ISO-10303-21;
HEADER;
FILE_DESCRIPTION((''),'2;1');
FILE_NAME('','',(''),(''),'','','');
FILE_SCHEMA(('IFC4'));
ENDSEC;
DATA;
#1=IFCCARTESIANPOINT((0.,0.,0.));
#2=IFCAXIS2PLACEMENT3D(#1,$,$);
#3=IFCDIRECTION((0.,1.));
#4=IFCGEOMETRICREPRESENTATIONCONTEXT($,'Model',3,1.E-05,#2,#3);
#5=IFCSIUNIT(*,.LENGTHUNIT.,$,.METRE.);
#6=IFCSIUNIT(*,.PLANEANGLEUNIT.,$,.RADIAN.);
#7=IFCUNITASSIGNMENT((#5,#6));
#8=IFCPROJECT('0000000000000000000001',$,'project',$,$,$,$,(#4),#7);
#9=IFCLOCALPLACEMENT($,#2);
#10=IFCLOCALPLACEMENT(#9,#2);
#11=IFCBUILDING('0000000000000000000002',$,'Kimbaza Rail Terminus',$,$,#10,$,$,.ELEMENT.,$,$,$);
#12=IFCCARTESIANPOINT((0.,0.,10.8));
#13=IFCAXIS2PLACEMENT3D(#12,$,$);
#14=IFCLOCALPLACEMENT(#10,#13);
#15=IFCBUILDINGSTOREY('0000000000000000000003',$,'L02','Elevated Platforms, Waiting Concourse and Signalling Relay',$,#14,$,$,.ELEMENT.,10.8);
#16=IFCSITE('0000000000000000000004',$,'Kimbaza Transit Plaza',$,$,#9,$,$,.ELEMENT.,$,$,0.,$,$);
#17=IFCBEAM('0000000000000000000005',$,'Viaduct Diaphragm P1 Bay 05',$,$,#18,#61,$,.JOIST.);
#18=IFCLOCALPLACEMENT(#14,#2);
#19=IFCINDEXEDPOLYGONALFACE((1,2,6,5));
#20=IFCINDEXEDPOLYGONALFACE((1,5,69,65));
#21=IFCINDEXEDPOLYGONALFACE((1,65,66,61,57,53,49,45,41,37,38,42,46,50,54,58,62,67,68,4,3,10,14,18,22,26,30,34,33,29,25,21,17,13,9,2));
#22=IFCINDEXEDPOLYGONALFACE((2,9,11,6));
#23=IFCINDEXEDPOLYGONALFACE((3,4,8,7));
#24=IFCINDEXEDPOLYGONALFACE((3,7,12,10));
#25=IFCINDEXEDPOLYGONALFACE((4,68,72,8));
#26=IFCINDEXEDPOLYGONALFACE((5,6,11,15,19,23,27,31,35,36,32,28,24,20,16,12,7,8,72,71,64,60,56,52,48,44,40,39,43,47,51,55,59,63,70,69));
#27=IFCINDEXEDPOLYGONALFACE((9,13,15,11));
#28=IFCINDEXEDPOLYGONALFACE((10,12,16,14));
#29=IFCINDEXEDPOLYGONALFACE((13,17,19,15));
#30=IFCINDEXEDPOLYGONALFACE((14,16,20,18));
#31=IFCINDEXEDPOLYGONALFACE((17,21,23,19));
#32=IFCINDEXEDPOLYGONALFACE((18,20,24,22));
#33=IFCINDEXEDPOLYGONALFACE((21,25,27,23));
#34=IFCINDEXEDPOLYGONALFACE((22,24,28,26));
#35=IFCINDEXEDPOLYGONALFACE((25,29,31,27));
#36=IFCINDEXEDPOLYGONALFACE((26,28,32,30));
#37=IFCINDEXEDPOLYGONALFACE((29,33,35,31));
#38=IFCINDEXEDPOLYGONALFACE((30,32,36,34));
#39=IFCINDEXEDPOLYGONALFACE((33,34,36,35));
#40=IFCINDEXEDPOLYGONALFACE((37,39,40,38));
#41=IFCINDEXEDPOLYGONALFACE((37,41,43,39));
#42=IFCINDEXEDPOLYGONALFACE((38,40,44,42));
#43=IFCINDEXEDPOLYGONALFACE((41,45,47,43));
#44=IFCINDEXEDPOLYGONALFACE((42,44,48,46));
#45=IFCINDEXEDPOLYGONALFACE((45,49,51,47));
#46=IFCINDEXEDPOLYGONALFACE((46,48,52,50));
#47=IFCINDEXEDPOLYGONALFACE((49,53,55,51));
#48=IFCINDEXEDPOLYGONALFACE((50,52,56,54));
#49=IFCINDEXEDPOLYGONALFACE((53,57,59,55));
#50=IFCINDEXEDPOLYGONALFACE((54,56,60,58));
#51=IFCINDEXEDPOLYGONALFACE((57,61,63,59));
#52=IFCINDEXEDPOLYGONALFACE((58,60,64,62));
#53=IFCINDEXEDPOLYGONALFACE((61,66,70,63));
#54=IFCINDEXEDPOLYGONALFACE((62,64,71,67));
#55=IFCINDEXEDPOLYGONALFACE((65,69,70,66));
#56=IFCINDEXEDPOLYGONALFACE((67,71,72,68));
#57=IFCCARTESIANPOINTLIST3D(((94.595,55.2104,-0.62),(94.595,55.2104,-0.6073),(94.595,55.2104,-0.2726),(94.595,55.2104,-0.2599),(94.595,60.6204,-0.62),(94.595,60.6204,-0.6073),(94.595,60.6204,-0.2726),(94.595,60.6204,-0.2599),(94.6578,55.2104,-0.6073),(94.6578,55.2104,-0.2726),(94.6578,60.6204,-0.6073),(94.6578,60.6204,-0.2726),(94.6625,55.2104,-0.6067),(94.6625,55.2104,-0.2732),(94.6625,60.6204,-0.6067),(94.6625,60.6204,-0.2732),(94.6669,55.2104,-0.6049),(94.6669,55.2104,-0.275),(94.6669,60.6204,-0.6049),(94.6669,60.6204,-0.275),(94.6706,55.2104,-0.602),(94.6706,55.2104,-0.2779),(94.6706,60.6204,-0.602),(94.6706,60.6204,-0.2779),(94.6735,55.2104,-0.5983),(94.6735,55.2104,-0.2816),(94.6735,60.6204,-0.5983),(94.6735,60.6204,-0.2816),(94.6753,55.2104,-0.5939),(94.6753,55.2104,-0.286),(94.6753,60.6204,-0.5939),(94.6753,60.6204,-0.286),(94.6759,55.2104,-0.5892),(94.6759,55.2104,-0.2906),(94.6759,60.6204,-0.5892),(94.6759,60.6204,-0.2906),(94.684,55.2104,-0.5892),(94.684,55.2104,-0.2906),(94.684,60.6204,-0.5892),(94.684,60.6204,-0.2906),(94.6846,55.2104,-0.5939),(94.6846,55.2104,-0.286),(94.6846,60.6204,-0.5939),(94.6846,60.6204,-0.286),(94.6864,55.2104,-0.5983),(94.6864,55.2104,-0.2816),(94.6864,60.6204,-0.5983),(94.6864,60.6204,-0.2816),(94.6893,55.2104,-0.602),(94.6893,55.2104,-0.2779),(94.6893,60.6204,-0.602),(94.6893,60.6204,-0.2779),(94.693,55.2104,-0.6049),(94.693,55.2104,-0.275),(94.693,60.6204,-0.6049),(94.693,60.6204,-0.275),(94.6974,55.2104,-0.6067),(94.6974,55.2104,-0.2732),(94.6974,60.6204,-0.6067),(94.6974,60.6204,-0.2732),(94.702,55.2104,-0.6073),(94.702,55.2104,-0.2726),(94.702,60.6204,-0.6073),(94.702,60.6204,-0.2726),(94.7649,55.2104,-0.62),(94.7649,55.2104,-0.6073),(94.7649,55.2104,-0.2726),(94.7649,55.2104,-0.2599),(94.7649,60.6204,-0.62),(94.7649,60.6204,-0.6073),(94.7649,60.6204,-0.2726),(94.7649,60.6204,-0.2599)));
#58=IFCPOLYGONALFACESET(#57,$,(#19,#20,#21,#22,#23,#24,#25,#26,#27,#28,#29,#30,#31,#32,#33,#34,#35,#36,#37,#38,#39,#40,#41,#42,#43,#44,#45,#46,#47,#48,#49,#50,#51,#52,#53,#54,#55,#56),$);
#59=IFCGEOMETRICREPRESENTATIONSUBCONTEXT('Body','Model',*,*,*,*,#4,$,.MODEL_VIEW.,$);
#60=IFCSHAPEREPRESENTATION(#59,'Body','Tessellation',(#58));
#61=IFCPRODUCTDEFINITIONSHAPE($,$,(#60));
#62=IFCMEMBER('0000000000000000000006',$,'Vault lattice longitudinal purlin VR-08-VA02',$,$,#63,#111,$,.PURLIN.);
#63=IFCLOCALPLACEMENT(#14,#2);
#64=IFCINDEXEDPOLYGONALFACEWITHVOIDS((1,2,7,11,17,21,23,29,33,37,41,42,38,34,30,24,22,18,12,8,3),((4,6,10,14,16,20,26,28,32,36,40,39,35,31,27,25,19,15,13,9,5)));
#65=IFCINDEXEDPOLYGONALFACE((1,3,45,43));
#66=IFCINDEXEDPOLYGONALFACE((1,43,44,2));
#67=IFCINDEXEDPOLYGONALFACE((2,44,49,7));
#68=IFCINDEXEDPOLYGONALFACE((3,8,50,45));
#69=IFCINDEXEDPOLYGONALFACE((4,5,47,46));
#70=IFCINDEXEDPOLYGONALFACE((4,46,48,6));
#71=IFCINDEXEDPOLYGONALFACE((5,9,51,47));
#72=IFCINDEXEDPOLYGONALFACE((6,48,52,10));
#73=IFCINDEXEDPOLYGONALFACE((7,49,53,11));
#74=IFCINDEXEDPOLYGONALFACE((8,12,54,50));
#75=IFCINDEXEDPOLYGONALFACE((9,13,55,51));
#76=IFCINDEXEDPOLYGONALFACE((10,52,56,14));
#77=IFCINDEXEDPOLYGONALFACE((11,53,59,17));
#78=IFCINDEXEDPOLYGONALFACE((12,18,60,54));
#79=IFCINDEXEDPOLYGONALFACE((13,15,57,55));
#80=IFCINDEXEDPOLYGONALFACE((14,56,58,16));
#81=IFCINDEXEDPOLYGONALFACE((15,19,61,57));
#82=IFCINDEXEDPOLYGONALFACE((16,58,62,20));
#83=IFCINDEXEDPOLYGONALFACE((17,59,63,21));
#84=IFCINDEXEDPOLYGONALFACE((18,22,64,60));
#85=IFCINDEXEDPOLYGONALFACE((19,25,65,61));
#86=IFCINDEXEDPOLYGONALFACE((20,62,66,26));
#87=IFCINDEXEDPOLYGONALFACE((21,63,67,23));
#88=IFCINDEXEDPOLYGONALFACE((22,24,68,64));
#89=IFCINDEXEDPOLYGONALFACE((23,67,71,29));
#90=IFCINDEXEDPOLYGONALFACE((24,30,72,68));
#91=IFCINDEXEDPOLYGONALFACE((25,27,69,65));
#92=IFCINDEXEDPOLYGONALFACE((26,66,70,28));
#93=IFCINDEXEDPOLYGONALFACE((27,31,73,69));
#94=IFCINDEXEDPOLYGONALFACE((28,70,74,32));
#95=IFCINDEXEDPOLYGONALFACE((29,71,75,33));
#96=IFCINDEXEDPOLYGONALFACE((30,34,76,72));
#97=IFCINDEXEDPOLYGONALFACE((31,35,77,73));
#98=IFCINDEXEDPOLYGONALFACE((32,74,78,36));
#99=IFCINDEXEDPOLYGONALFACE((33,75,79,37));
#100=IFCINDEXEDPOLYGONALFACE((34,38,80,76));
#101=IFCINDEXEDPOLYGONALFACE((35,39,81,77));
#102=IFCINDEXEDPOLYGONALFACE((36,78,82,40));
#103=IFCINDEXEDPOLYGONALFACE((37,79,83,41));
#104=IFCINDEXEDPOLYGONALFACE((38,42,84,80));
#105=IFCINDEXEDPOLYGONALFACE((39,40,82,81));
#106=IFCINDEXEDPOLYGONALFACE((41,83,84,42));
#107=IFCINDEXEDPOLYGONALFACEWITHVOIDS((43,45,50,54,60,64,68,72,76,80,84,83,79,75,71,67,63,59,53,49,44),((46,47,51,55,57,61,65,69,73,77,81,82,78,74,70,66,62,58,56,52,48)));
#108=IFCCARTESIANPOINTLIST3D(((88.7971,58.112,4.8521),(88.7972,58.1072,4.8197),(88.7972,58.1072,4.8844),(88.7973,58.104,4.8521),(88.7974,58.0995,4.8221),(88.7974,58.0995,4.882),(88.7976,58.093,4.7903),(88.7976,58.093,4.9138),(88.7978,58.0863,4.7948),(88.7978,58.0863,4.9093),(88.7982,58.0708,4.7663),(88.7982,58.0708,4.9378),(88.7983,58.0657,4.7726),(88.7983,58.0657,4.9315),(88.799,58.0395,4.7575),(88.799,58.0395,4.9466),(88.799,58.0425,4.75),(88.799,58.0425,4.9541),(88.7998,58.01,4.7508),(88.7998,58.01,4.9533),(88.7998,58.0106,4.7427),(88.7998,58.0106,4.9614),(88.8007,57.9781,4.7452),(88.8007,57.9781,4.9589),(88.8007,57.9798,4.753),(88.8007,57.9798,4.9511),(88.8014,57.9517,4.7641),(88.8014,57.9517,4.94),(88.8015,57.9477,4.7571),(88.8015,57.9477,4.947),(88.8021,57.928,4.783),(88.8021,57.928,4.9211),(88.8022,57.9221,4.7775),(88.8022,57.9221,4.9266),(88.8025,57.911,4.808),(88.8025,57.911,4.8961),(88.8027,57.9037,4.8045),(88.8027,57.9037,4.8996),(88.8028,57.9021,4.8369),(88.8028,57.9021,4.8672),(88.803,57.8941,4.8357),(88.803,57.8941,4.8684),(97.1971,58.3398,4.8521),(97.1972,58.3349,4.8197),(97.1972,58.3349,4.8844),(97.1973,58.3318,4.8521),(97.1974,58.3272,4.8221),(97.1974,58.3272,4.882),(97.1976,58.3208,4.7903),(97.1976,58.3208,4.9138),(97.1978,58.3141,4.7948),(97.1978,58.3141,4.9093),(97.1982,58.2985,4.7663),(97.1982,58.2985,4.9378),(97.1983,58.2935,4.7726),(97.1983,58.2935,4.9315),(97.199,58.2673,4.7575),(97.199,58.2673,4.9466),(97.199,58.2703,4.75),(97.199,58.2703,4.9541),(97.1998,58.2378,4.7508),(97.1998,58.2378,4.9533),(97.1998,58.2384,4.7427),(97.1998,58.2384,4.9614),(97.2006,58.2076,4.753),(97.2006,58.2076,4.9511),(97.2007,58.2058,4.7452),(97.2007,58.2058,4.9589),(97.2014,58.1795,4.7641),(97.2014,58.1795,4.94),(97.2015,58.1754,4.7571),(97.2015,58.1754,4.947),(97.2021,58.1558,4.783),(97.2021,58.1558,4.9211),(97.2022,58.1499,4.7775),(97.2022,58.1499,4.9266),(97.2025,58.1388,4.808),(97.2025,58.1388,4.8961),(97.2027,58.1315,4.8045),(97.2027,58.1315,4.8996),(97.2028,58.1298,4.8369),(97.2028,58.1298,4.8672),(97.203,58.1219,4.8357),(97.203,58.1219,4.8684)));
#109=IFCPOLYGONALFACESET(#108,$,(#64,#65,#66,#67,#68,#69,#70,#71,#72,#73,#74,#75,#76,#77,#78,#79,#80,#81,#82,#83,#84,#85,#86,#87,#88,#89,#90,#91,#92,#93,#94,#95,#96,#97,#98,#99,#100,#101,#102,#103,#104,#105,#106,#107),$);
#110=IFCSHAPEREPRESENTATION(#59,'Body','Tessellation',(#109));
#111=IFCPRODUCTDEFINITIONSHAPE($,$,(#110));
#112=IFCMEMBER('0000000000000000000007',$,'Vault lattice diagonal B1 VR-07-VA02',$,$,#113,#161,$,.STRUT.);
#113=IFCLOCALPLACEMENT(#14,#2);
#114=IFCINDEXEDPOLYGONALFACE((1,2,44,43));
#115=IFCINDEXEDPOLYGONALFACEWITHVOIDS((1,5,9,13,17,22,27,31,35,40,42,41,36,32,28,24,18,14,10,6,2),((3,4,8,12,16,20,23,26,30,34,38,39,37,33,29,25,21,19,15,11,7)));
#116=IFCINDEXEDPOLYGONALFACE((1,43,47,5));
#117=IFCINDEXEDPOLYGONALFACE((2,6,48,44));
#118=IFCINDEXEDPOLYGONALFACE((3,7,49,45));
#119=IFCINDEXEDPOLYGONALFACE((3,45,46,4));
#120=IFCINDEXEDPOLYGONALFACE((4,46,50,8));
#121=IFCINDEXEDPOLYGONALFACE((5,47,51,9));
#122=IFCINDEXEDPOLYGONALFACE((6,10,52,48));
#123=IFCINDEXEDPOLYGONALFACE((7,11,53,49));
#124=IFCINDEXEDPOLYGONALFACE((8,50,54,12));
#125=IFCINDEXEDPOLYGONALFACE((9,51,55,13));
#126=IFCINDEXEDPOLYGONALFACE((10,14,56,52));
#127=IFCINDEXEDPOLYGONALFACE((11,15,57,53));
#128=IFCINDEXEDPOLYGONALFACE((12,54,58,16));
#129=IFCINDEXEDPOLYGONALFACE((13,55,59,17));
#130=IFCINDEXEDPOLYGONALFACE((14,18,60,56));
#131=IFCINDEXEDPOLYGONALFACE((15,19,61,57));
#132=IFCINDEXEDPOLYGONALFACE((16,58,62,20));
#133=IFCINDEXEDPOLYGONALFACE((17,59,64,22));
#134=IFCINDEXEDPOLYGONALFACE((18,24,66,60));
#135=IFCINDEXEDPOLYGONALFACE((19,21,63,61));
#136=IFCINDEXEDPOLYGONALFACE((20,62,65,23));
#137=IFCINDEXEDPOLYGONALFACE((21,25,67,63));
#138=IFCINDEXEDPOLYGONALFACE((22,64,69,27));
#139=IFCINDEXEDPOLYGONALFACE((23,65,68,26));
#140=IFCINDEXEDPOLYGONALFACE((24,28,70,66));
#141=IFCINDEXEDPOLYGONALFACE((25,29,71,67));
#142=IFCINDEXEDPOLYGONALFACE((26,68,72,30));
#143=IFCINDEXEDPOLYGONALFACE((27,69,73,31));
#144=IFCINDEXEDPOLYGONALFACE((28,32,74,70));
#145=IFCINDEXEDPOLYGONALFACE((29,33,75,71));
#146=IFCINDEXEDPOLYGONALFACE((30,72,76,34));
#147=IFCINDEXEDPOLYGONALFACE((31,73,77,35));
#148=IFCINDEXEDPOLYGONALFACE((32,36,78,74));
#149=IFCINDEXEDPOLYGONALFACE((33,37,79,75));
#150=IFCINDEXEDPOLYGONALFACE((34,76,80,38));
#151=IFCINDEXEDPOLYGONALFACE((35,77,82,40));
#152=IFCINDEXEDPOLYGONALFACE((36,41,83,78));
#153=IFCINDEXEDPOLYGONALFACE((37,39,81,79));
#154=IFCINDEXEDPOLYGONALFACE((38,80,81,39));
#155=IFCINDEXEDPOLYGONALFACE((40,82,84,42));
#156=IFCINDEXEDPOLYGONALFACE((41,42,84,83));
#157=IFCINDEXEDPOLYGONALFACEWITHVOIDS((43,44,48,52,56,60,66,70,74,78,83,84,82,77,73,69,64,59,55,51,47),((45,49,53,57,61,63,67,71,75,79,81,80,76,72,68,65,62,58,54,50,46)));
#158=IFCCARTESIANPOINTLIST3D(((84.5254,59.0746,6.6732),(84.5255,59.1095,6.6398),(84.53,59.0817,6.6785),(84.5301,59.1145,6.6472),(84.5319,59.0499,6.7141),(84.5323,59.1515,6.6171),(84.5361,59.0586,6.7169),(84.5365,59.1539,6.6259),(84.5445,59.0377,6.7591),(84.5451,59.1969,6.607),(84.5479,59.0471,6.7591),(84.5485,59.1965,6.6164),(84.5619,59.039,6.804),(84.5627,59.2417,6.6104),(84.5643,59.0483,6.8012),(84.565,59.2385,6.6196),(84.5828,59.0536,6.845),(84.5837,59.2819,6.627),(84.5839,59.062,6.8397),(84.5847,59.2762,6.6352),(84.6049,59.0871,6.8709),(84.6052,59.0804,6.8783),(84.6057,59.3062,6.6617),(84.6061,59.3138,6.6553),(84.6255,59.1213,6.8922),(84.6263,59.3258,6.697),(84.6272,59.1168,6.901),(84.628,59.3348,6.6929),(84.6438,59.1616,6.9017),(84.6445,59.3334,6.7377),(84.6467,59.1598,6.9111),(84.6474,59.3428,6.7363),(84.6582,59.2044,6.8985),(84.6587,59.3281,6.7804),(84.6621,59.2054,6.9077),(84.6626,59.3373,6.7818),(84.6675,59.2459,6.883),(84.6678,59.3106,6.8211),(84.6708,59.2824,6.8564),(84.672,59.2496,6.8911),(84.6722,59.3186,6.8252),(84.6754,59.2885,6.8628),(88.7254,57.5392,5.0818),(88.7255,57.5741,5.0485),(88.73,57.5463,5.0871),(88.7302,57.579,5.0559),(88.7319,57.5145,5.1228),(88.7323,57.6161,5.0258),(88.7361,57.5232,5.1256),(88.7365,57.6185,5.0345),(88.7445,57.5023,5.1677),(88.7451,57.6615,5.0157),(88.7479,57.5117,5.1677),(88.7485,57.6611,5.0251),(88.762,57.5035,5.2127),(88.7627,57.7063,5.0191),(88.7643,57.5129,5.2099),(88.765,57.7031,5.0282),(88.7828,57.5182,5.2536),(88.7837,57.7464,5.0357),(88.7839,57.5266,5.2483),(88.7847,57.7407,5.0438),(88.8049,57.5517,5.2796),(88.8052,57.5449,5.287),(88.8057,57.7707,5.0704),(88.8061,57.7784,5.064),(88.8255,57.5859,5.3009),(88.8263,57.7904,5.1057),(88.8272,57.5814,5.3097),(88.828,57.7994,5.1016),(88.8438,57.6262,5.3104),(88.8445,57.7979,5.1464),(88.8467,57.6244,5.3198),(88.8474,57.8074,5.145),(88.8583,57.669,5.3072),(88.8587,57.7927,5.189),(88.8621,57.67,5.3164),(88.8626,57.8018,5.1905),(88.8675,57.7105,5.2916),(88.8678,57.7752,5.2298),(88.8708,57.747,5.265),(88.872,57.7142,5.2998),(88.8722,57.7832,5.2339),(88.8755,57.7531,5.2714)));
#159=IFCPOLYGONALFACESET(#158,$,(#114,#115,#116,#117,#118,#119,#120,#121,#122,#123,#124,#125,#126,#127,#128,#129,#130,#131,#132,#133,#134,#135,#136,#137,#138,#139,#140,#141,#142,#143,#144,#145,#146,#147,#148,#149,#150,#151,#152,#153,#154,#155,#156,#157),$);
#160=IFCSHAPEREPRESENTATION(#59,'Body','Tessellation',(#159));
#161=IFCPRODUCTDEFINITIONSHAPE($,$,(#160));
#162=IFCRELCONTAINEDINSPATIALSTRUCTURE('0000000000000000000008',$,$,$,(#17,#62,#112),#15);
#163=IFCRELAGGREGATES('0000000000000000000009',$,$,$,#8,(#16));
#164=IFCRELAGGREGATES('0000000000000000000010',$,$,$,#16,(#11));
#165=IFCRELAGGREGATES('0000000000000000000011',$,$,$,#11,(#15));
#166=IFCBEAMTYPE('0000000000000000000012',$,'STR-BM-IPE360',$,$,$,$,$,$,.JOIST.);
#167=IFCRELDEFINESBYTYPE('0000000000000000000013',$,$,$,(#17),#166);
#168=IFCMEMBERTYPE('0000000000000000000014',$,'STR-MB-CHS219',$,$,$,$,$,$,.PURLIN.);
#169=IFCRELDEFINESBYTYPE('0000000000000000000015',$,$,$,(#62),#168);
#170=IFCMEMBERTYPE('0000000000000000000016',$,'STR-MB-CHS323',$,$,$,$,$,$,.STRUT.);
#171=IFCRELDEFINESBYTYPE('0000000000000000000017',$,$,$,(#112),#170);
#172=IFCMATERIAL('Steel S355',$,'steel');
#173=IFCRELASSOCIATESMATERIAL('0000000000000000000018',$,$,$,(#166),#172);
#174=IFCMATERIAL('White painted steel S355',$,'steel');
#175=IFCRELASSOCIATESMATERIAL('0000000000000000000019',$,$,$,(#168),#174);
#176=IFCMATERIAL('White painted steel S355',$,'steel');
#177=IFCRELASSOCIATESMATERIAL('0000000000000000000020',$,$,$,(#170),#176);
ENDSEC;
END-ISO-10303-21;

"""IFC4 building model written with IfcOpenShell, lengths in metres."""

from ifc_helpers import new_model, si_unit, direction, frame, origin, origin_2d, place, context, subcontext, project, spatial, hollow_circle, i_section, extrude, material, material_profile, profile_set, type_object, element, save


model = new_model("IFC4")

# Units and contexts
model_context = context("Model", 3, precision=1e-05, world=origin(), true_north=direction((0.0, 1.0)))
body_context = subcontext(model_context, "Body", "Model", "MODEL_VIEW")
ifc_project = project(units=[si_unit("LENGTHUNIT", "METRE"), si_unit("PLANEANGLEUNIT", "RADIAN")], contexts=[model_context])

# Site, building, storey
site_placement = place(None, origin())
site = spatial("IfcSite", under=ifc_project, at=site_placement, Name="Kimbaza Transit Plaza", CompositionType="ELEMENT", RefElevation=0.0)
building_placement = place(site_placement, origin())
building = spatial("IfcBuilding", under=site, at=building_placement, Name="Kimbaza Rail Terminus", CompositionType="ELEMENT")
storey_placement = place(building_placement, frame((0.0, 0.0, 10.8)))
storey = spatial("IfcBuildingStorey", under=building, at=storey_placement, Name="L02", Description="Elevated Platforms, Waiting Concourse and Signalling Relay", CompositionType="ELEMENT", Elevation=10.8)

# Beam
ifc_material_1 = material(Name="Steel S355", Category="steel")
ifc_material_profile_1 = material_profile(ifc_material_1, i_section(OverallWidth=0.1699, OverallDepth=0.3601, WebThickness=0.0081, FlangeThickness=0.0127, FilletRadius=0.0181, at=origin_2d()), Name="IPE 360")
ifc_profile_set_1 = profile_set([ifc_material_profile_1], Name="Steel S355")
beam_type_1 = type_object("IfcBeamType", Name="STR-BM-IPE360", PredefinedType="JOIST", material=ifc_profile_set_1)
beam_1_placement = place(storey_placement, frame((94.6799, 55.2104, -0.4399), z_axis=(0.0, 1.0, 0.0), x_axis=(-1.0, 0.0, 0.0)))
element("IfcBeam", 1, at=beam_1_placement, inside=storey, type_object=beam_type_1, Name="Viaduct Diaphragm P1 Bay 05", PredefinedType="JOIST", context=body_context, shape_type="SweptSolid", body=[
    extrude(i_section(OverallWidth=0.1699, OverallDepth=0.3601, WebThickness=0.0081, FlangeThickness=0.0127, FilletRadius=0.0181, at=origin_2d()), origin(), (0.0, 0.0, 1.0), 5.4099),
])

# Members
ifc_material_2 = material(Name="White painted steel S355", Category="steel")
ifc_material_profile_2 = material_profile(ifc_material_2, hollow_circle(Radius=0.1096, WallThickness=0.0081, at=origin_2d()), Name="CHS 219.1x8")
ifc_profile_set_2 = profile_set([ifc_material_profile_2], Name="White painted steel S355")
member_type_1 = type_object("IfcMemberType", Name="STR-MB-CHS219", PredefinedType="PURLIN", material=ifc_profile_set_2)
member_1_placement = place(storey_placement, frame((88.8, 58.0024, 4.8521), z_axis=(0.999633, 0.027107, 0.0), x_axis=(-0.027107, 0.999633, 0.0)))
element("IfcMember", 2, at=member_1_placement, inside=storey, type_object=member_type_1, Name="Vault lattice longitudinal purlin VR-08-VA02", PredefinedType="PURLIN", context=body_context, shape_type="SweptSolid", body=[
    extrude(hollow_circle(Radius=0.1096, WallThickness=0.0081, at=origin_2d()), origin(), (0.0, 0.0, 1.0), 8.4031),
])
ifc_material_3 = material(Name="White painted steel S355", Category="steel")
ifc_material_profile_3 = material_profile(ifc_material_3, hollow_circle(Radius=0.1619, WallThickness=0.01, at=origin_2d()), Name="CHS 323.9x10")
ifc_profile_set_3 = profile_set([ifc_material_profile_3], Name="White painted steel S355")
member_type_2 = type_object("IfcMemberType", Name="STR-MB-CHS323", PredefinedType="STRUT", material=ifc_profile_set_3)
member_2_placement = place(storey_placement, frame((88.8, 57.6543, 5.1677), z_axis=(-0.884851, 0.32348, 0.335259), x_axis=(-0.343351, -0.939207, 0.0)))
element("IfcMember", 3, at=member_2_placement, inside=storey, type_object=member_type_2, Name="Vault lattice diagonal B1 VR-07-VA02", PredefinedType="STRUT", context=body_context, shape_type="SweptSolid", body=[
    extrude(hollow_circle(Radius=0.1619, WallThickness=0.01, at=origin_2d()), origin(), (0.0, 0.0, 1.0), 4.7466),
])

save(model, "model.ifc")
